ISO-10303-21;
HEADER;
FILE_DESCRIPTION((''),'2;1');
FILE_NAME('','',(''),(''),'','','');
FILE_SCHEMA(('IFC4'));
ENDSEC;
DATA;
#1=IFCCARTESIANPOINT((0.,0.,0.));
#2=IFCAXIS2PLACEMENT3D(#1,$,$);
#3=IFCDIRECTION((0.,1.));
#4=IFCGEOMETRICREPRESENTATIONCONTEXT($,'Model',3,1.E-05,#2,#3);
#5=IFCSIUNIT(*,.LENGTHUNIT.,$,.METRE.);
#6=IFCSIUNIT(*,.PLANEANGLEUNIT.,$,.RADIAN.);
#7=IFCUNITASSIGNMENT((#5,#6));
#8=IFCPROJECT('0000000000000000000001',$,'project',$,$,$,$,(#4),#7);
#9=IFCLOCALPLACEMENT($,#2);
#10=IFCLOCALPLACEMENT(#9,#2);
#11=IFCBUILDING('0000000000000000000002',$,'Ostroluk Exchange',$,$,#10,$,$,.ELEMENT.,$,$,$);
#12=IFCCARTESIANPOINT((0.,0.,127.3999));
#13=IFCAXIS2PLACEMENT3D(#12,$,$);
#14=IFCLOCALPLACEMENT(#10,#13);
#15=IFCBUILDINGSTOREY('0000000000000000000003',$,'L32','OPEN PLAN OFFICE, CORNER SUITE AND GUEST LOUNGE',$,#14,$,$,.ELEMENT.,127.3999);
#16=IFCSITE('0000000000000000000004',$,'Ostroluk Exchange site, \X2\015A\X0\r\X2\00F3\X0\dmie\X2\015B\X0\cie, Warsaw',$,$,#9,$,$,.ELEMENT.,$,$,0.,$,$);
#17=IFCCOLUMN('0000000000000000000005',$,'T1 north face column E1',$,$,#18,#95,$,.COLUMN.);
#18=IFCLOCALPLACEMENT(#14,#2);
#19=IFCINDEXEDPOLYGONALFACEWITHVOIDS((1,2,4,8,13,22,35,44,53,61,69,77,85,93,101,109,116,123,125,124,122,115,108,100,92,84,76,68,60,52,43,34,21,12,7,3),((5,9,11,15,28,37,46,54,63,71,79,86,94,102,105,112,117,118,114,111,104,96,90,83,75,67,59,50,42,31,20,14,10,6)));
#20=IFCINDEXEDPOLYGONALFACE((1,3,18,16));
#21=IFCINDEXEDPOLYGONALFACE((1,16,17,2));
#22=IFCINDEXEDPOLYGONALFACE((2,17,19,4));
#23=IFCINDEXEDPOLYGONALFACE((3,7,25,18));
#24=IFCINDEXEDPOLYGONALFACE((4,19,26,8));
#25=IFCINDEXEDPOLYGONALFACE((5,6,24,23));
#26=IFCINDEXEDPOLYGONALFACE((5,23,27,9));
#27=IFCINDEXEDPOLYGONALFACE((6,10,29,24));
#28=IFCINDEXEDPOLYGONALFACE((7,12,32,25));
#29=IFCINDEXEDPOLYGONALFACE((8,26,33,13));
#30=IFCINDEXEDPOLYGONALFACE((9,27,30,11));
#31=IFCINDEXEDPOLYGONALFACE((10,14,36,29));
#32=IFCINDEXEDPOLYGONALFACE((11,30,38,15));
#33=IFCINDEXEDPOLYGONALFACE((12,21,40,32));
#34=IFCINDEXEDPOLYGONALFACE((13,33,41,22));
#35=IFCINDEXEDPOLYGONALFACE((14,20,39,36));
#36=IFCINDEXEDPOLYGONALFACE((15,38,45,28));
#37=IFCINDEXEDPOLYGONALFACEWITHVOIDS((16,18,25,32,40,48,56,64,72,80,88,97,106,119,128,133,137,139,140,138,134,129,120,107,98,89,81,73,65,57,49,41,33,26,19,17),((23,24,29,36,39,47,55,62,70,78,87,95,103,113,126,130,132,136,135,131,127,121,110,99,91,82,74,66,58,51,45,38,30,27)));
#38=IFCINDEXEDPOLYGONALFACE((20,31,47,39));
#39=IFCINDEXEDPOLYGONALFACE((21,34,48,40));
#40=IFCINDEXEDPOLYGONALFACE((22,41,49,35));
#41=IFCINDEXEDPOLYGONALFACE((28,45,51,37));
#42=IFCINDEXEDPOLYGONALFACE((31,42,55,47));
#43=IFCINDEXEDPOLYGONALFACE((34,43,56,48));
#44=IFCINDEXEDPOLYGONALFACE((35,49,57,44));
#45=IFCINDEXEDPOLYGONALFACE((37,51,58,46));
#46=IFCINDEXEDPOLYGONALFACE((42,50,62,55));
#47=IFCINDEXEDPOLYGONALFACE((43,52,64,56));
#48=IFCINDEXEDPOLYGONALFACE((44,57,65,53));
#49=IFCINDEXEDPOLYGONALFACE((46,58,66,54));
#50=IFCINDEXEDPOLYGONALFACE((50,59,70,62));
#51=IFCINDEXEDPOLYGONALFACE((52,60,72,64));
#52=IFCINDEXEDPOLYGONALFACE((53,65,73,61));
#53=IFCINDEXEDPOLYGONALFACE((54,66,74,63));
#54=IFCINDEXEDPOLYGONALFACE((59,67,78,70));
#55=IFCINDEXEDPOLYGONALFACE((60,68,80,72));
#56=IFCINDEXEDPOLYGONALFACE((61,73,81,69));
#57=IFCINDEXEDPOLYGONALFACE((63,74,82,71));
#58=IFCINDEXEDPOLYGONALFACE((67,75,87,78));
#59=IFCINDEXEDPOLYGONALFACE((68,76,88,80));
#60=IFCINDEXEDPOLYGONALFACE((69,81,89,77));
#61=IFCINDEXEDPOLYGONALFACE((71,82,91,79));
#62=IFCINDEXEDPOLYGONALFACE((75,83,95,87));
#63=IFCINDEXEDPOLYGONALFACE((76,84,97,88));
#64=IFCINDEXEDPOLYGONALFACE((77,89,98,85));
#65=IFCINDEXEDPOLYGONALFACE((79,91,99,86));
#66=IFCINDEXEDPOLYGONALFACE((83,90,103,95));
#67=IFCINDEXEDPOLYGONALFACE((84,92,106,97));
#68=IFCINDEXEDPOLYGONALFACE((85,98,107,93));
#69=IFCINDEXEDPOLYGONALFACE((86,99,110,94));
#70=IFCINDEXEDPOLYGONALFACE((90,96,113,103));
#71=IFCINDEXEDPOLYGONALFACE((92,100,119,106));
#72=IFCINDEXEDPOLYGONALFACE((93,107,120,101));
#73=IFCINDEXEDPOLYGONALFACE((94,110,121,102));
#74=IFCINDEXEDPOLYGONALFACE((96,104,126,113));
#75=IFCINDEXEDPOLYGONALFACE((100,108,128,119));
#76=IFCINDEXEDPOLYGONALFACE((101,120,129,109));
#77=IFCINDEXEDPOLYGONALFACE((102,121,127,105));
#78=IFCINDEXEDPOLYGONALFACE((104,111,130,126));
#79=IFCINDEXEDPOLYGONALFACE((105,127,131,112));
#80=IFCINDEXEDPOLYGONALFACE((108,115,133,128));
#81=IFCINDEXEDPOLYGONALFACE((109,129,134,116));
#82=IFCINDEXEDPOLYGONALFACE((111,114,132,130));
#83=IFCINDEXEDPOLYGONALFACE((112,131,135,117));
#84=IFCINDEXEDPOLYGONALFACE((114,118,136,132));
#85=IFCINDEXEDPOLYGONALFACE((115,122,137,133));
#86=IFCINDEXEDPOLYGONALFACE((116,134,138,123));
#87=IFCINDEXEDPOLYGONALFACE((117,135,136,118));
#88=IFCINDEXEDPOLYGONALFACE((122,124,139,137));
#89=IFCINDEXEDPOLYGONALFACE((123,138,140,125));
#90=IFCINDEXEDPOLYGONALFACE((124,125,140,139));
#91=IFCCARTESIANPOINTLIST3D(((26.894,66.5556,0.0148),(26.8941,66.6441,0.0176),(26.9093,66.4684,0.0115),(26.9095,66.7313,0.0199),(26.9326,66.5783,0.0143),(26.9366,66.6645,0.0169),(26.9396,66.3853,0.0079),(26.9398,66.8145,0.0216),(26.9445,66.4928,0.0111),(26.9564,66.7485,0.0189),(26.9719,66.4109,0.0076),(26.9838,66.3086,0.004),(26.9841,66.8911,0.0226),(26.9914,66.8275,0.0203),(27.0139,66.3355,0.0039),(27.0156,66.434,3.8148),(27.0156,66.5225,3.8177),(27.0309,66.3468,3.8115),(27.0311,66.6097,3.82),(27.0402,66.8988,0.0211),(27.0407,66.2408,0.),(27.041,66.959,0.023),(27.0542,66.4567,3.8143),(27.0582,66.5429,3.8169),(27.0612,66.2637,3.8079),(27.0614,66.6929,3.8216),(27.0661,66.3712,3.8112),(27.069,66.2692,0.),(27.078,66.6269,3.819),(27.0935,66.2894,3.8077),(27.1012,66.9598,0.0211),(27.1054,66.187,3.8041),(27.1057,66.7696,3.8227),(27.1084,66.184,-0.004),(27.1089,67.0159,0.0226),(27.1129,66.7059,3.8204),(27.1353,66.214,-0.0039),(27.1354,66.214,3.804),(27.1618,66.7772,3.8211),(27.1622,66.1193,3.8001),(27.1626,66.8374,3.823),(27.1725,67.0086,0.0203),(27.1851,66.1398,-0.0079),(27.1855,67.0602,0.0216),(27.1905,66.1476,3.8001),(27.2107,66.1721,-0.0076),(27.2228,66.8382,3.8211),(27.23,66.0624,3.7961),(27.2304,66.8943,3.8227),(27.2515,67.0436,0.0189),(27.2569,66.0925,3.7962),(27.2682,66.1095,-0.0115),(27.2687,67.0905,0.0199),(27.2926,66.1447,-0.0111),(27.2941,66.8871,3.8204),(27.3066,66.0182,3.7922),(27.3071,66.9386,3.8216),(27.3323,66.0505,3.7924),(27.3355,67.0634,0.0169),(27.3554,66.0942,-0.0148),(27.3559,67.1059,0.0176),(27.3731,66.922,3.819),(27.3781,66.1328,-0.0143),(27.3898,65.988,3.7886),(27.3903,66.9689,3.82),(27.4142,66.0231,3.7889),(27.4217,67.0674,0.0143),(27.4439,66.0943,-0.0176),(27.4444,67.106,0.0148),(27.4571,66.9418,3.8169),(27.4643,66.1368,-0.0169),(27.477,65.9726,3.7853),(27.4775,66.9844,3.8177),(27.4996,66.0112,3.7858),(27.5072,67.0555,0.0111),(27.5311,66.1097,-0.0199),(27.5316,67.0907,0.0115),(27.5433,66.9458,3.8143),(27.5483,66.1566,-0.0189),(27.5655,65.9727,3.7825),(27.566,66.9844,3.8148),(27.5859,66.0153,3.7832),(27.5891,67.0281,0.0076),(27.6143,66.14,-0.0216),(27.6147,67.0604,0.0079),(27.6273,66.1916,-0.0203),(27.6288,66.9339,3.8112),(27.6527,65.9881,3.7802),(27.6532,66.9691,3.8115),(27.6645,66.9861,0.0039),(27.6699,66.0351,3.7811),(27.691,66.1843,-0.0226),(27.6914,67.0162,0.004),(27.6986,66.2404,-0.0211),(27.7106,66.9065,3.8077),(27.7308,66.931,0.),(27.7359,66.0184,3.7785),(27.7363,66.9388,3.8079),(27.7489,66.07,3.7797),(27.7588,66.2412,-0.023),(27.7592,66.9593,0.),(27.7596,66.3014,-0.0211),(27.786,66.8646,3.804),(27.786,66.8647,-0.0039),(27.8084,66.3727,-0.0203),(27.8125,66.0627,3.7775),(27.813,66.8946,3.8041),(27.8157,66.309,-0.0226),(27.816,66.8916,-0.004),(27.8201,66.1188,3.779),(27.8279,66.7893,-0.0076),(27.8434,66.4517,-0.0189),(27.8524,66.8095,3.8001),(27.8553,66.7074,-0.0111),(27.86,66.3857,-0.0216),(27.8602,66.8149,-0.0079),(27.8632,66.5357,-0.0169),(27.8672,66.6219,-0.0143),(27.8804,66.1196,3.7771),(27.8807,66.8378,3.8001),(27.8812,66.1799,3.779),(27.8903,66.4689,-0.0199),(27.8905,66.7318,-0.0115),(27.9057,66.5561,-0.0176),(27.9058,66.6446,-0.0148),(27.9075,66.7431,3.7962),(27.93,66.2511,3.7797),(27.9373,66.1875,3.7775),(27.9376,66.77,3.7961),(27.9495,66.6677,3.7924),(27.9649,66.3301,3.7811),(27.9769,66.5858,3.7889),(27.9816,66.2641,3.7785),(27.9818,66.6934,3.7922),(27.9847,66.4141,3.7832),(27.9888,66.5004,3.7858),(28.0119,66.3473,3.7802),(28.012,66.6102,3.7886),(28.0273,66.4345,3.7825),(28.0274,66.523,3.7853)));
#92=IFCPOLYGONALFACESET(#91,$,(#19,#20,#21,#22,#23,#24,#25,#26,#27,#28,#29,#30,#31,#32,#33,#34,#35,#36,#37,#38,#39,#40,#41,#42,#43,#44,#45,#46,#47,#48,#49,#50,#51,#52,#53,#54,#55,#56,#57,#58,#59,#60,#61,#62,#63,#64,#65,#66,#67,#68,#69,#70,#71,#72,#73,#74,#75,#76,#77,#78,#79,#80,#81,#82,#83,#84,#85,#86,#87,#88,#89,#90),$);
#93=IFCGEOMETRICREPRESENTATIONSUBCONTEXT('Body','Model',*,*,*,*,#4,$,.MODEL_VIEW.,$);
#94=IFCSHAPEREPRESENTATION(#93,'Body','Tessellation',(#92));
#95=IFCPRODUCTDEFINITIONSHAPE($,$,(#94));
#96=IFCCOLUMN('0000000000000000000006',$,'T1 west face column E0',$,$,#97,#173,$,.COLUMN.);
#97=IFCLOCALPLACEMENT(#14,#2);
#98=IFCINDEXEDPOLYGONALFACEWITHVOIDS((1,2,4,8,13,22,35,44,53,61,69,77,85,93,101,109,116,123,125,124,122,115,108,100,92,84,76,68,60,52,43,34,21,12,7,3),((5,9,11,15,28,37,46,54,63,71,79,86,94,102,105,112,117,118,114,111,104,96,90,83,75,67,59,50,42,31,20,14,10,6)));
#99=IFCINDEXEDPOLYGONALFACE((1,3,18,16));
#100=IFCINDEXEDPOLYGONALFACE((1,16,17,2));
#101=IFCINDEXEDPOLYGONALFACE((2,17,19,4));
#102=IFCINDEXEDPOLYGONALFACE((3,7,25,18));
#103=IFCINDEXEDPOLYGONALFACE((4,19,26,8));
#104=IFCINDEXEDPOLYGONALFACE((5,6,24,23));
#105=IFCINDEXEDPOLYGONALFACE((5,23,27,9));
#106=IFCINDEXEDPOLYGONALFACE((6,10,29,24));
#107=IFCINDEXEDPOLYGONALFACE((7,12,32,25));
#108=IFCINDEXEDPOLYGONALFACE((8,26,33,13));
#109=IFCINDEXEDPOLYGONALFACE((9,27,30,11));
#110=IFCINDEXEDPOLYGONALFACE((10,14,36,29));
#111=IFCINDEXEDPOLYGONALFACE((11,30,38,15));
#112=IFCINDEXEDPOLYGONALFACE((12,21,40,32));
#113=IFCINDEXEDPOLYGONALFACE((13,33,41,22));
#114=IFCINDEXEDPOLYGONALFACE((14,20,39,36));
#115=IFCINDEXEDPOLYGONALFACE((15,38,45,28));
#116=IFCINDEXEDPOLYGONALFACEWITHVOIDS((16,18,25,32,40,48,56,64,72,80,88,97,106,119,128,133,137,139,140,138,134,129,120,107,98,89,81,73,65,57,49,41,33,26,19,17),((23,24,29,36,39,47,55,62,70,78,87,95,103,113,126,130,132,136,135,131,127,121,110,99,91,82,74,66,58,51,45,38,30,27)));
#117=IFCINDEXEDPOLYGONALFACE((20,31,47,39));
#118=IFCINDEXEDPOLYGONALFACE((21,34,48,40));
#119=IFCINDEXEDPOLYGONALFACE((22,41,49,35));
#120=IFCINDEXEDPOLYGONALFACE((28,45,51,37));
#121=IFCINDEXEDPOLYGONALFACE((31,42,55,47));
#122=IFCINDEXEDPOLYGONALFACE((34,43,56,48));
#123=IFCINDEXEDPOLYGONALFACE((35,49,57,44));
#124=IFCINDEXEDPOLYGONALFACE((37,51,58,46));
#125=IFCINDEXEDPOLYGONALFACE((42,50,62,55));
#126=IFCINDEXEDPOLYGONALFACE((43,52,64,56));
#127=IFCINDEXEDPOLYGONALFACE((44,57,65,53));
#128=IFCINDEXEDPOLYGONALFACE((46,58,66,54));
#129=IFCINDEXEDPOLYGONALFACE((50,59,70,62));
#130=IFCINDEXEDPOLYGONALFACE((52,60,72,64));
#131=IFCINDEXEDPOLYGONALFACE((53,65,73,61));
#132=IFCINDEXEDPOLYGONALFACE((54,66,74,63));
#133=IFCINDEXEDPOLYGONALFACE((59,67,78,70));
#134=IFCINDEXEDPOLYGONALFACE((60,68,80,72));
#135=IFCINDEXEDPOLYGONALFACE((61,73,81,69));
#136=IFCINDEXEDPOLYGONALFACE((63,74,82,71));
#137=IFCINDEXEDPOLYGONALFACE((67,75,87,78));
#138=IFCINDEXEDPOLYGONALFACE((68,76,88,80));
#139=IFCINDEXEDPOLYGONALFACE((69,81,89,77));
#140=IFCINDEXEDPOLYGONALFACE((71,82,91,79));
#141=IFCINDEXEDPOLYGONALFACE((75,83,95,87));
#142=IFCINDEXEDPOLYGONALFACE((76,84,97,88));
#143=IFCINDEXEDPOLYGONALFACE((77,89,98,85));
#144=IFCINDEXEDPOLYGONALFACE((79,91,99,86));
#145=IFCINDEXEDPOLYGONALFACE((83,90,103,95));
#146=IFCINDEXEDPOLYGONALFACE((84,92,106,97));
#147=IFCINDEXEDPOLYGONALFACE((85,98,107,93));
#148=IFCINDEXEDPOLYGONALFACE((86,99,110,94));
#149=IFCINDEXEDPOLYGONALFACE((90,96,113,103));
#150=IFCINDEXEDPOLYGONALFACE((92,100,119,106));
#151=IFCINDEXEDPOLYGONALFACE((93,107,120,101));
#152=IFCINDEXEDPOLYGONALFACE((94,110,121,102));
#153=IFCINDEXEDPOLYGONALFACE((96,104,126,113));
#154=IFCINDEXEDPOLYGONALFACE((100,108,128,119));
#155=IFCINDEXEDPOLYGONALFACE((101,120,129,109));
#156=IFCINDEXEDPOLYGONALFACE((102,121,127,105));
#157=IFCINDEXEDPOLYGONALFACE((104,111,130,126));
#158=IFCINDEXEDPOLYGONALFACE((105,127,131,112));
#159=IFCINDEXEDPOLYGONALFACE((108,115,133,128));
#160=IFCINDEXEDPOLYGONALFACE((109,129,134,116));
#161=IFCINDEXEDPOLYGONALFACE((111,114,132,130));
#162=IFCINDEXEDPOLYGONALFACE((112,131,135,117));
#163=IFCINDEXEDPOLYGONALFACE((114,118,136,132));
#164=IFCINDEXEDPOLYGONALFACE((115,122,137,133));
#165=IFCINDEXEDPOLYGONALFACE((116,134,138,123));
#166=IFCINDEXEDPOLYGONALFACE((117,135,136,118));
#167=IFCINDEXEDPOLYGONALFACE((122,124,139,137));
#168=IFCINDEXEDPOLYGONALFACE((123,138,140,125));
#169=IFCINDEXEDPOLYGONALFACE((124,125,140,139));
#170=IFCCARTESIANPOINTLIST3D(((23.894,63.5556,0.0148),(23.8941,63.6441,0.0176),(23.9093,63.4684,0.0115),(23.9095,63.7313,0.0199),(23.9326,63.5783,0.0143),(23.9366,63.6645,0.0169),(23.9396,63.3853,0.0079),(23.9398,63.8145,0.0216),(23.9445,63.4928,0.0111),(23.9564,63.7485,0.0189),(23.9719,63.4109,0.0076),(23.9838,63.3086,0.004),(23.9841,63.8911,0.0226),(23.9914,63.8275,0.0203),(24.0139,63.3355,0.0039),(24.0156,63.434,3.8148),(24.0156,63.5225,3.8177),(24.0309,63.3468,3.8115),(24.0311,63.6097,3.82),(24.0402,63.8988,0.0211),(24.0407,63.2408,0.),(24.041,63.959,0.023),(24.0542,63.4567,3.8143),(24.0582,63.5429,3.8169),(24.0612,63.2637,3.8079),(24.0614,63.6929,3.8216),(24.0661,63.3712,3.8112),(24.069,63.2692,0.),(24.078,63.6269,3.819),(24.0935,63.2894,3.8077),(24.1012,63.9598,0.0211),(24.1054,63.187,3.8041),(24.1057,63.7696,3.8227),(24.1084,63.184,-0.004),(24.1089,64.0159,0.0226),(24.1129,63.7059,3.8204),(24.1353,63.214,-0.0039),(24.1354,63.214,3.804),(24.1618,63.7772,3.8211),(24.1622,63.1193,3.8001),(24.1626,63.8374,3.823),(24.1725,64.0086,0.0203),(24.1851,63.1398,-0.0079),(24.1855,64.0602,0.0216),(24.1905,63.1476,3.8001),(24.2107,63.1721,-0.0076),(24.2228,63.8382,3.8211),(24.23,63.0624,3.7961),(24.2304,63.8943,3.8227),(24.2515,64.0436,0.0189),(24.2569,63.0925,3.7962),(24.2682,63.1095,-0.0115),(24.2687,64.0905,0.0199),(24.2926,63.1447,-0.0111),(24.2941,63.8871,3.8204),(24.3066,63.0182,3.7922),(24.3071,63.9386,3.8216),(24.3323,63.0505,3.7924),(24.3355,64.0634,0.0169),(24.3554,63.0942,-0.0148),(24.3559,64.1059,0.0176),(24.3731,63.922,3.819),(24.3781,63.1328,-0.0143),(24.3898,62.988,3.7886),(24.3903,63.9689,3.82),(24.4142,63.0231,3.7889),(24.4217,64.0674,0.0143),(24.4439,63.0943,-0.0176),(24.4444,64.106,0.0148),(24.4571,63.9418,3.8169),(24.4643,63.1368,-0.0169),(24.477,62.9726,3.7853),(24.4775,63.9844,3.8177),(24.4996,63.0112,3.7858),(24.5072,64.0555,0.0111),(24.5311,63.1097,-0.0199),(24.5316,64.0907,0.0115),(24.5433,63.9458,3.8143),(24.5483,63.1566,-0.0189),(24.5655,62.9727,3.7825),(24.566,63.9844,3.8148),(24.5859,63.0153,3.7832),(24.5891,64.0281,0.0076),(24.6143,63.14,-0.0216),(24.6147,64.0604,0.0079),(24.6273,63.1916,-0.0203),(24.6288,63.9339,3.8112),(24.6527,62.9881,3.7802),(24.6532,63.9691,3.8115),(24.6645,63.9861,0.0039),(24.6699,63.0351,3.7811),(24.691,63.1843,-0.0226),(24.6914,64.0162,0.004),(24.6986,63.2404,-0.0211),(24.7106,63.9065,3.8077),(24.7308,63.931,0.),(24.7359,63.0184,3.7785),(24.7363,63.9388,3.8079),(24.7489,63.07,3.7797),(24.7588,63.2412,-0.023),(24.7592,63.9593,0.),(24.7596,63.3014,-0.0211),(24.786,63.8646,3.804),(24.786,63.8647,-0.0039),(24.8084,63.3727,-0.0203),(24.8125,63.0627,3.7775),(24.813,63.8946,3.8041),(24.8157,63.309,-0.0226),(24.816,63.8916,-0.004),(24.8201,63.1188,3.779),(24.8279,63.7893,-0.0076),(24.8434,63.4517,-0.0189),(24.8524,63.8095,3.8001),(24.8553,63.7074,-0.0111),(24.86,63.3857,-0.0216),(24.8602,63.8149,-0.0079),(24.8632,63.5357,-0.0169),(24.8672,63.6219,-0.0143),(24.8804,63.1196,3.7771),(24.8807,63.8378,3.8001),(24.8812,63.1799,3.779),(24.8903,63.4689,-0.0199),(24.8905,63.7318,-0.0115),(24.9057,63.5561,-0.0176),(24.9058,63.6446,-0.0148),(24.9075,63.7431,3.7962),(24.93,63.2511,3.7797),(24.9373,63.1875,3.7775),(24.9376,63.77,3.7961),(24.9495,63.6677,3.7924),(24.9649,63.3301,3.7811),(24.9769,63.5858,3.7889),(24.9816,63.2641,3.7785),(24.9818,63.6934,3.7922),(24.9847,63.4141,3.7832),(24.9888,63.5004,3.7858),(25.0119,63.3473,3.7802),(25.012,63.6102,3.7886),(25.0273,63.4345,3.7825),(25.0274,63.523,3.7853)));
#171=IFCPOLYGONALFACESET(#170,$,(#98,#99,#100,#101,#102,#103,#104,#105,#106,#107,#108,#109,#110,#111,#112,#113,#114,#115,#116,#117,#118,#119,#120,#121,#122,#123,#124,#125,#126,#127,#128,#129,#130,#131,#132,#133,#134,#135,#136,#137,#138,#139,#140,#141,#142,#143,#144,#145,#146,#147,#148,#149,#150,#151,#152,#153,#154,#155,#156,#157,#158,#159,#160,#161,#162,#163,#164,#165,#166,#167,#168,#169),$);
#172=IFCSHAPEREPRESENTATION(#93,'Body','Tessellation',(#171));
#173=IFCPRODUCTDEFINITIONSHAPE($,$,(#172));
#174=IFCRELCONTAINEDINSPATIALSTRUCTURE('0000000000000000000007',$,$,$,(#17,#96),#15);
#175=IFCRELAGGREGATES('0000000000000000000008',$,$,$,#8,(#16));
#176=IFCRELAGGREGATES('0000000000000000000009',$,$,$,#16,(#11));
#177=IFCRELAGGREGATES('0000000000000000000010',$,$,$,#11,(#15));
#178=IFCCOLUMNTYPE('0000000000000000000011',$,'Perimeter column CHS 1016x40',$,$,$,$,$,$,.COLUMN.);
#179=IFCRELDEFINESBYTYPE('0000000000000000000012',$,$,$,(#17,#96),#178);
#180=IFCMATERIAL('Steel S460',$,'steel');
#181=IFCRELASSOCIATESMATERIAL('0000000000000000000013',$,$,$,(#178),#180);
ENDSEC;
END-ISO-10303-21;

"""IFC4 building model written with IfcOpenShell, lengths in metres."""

from ifc_helpers import new_model, si_unit, direction, frame, origin, origin_2d, place, context, subcontext, project, spatial, hollow_circle, extrude, material, material_profile, profile_set, type_object, element, save


model = new_model("IFC4")

# Units and contexts
model_context = context("Model", 3, precision=1e-05, world=origin(), true_north=direction((0.0, 1.0)))
body_context = subcontext(model_context, "Body", "Model", "MODEL_VIEW")
ifc_project = project(units=[si_unit("LENGTHUNIT", "METRE"), si_unit("PLANEANGLEUNIT", "RADIAN")], contexts=[model_context])

# Site, building, storey
site_placement = place(None, origin())
site = spatial("IfcSite", under=ifc_project, at=site_placement, Name="Ostroluk Exchange site, Śródmieście, Warsaw", CompositionType="ELEMENT", RefElevation=0.0)
building_placement = place(site_placement, origin())
building = spatial("IfcBuilding", under=site, at=building_placement, Name="Ostroluk Exchange", CompositionType="ELEMENT")
storey_placement = place(building_placement, frame((0.0, 0.0, 127.3999)))
storey = spatial("IfcBuildingStorey", under=building, at=storey_placement, Name="L32", Description="OPEN PLAN OFFICE, CORNER SUITE AND GUEST LOUNGE", CompositionType="ELEMENT", Elevation=127.3999)

# Columns
ifc_material_1 = material(Name="Steel S460", Category="steel")
ifc_material_profile_1 = material_profile(ifc_material_1, hollow_circle(Radius=0.5081, WallThickness=0.04, at=origin_2d()), Name="CHS 1016x40")
ifc_profile_set_1 = profile_set([ifc_material_profile_1], Name="Steel S460")
column_type = type_object("IfcColumnType", Name="Perimeter column CHS 1016x40", PredefinedType="COLUMN", material=ifc_profile_set_1)
for number, where, z_axis, x_axis, name in (
    (1, (27.3999, 66.6001, 0.0), (0.031962, -0.031962, 0.998978), (0.707107, 0.707107, 0.0), "T1 north face column E1"),
    (2, (24.3999, 63.6001, 0.0), (0.031962, -0.031962, 0.998978), (0.707107, 0.707107, 0.0), "T1 west face column E0"),
):
    element("IfcColumn", number, at=place(storey_placement, frame(where, z_axis=z_axis, x_axis=x_axis)), inside=storey, type_object=column_type, Name=name, PredefinedType="COLUMN", context=body_context, shape_type="SweptSolid", body=[
        extrude(hollow_circle(Radius=0.5081, WallThickness=0.04, at=origin_2d()), origin(), (0.0, 0.0, 1.0), 3.804),
    ])

save(model, "model.ifc")
